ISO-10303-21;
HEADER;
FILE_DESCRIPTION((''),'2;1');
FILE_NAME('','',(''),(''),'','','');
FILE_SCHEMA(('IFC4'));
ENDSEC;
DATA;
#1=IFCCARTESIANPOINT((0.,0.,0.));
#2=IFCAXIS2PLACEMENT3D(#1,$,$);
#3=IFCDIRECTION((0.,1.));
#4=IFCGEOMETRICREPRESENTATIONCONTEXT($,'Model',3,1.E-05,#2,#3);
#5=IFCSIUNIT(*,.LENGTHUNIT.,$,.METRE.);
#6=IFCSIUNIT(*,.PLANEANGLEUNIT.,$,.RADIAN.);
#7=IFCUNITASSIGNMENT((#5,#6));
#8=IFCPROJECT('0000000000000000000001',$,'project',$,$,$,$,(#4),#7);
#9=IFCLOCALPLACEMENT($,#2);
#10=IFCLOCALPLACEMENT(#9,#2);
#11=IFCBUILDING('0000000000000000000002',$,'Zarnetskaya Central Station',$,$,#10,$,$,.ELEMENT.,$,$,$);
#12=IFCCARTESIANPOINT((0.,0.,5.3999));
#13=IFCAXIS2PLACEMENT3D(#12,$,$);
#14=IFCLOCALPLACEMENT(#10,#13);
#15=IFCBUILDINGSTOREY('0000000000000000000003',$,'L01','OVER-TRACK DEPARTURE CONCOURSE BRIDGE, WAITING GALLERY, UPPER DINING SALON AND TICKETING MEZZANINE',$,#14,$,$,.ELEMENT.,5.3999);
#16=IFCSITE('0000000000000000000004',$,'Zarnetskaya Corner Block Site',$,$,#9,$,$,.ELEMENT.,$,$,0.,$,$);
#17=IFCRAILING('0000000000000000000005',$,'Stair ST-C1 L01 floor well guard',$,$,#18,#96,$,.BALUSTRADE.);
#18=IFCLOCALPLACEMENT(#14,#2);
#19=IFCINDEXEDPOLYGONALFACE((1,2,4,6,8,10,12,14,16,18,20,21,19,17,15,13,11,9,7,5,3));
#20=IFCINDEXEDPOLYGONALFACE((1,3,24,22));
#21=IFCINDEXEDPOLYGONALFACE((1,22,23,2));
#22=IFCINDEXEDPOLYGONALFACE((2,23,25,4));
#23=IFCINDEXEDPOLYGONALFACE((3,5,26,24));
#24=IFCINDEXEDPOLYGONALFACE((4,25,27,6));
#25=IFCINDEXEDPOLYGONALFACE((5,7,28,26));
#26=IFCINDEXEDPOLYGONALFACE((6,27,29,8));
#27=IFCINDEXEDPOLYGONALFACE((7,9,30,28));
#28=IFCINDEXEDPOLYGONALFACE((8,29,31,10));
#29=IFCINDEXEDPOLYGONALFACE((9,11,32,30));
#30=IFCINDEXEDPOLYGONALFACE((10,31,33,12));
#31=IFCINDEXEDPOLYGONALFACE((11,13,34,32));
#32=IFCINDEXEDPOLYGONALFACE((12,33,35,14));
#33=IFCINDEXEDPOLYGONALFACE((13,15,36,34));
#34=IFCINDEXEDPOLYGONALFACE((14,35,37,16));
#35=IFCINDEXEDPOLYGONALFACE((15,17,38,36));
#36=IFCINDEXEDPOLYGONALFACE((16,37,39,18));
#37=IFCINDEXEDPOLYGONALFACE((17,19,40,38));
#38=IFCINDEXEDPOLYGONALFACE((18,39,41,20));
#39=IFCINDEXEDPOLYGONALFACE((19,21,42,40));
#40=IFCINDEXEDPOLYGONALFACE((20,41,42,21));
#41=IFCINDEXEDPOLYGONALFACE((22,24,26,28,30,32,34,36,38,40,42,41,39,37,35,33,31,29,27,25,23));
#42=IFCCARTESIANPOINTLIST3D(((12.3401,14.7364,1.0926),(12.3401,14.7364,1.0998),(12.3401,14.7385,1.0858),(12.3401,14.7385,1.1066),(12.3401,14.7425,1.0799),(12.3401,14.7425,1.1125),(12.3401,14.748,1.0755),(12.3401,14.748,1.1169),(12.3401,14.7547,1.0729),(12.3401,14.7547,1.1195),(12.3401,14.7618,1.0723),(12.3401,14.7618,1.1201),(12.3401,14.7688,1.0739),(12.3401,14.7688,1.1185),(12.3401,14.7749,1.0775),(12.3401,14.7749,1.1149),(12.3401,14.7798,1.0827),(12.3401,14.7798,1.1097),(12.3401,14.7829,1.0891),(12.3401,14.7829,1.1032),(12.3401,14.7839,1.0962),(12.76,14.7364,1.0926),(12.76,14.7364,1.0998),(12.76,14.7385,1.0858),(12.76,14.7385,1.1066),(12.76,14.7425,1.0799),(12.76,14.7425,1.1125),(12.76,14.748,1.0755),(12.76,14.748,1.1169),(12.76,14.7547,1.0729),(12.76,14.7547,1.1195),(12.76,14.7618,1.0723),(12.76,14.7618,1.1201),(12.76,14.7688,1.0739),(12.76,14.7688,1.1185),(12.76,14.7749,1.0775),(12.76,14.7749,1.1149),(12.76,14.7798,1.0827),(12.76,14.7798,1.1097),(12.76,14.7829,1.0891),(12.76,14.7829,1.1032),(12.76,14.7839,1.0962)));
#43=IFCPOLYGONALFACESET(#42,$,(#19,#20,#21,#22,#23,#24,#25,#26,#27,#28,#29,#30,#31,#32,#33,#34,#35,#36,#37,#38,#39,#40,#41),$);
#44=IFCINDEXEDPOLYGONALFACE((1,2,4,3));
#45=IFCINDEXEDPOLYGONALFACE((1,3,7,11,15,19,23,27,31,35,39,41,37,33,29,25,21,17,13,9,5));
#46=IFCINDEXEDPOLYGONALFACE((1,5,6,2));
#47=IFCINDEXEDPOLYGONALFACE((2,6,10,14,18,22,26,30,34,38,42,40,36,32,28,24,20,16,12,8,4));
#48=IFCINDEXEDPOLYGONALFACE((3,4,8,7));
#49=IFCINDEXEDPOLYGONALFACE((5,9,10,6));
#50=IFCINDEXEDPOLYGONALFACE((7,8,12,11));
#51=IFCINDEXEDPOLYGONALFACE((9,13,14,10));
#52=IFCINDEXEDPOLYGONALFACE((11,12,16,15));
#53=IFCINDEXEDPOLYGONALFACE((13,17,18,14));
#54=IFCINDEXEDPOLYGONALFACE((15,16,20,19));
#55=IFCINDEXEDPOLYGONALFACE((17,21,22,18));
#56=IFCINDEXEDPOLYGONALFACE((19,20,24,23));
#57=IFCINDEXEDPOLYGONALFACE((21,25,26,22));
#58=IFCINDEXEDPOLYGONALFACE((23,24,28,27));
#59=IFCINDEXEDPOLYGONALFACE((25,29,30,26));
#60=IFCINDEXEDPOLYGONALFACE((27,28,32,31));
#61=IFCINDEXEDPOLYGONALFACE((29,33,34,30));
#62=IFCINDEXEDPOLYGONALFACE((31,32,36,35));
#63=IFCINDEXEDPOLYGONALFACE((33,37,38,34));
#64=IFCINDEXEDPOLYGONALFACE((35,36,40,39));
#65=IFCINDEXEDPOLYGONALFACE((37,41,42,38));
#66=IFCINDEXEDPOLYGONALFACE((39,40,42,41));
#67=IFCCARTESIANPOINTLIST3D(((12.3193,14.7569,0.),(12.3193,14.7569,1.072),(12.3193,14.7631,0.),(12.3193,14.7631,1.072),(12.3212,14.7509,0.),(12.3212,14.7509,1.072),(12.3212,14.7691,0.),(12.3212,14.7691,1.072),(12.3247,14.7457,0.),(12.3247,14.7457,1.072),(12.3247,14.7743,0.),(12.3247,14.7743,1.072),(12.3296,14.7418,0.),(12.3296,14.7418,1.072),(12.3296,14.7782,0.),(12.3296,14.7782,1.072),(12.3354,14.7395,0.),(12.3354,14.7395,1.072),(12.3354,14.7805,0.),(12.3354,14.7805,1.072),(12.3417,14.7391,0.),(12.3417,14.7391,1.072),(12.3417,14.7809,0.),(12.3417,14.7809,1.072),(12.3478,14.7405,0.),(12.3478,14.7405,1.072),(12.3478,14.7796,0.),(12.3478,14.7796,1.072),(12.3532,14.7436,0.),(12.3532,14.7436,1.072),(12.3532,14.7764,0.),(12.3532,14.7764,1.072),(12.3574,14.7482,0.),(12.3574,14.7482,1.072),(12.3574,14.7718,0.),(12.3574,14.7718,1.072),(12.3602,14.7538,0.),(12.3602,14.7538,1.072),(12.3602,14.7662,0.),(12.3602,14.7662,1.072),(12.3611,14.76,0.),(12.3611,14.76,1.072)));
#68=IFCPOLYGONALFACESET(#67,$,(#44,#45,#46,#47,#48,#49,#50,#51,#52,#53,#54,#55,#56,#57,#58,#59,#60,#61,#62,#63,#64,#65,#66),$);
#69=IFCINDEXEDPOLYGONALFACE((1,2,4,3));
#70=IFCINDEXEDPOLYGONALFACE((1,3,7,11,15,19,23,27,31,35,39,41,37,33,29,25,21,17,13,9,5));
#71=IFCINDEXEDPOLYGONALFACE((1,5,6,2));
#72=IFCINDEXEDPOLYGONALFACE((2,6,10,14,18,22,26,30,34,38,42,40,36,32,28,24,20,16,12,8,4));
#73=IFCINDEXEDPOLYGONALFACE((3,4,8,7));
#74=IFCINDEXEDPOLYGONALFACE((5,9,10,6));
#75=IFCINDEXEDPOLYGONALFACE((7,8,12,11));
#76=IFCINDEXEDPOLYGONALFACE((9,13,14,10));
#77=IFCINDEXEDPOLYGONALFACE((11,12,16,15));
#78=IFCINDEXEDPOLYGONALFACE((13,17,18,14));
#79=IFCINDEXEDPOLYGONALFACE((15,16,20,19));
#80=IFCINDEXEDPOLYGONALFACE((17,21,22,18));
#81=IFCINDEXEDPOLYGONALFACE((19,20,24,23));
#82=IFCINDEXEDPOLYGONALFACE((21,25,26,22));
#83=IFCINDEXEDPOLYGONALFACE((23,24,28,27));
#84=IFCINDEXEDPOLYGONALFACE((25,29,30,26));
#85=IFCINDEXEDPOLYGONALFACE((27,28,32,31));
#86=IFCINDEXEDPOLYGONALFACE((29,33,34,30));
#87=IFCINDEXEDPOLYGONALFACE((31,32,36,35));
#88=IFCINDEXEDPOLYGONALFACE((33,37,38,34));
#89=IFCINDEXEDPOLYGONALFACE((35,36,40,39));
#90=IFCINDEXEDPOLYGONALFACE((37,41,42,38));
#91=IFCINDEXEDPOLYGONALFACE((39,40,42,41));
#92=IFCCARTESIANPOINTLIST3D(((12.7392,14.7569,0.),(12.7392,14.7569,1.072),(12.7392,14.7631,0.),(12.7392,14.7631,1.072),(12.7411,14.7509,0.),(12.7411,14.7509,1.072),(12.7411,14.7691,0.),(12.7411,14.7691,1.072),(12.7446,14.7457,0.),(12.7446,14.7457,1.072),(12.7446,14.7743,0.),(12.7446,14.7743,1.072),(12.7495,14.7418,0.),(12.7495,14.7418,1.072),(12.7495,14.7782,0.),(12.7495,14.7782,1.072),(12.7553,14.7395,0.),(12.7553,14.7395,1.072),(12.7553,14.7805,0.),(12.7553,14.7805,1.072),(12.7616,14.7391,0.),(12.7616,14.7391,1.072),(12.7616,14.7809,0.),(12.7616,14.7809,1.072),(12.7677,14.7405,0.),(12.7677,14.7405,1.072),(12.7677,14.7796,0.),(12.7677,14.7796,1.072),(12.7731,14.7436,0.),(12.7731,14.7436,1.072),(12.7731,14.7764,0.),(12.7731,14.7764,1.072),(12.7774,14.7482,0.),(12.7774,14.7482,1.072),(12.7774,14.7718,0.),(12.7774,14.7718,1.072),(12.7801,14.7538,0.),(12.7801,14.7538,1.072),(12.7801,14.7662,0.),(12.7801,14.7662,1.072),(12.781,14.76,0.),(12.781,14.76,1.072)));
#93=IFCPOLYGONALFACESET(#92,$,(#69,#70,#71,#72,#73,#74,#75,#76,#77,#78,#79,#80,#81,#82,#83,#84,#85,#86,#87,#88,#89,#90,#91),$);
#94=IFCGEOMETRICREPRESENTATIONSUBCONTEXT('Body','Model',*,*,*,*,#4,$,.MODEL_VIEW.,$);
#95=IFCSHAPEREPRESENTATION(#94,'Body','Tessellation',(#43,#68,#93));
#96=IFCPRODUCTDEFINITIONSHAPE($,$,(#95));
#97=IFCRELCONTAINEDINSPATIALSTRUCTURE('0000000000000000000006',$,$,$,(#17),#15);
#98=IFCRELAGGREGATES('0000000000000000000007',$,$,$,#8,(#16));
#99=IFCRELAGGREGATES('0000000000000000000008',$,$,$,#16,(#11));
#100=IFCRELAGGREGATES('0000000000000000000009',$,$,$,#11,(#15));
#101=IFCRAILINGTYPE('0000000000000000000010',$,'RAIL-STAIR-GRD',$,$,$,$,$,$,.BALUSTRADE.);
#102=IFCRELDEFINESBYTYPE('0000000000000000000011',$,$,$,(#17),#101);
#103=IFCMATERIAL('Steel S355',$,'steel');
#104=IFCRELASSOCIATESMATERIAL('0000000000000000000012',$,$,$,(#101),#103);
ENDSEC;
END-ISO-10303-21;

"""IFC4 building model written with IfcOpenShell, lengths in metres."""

from ifc_helpers import new_model, si_unit, direction, frame, origin, origin_2d, place, context, subcontext, project, spatial, circle, extrude, material, type_object, element, save


model = new_model("IFC4")

# Units and contexts
model_context = context("Model", 3, precision=1e-05, world=origin(), true_north=direction((0.0, 1.0)))
body_context = subcontext(model_context, "Body", "Model", "MODEL_VIEW")
ifc_project = project(units=[si_unit("LENGTHUNIT", "METRE"), si_unit("PLANEANGLEUNIT", "RADIAN")], contexts=[model_context])

# Site, building, storey
site_placement = place(None, origin())
site = spatial("IfcSite", under=ifc_project, at=site_placement, Name="Zarnetskaya Corner Block Site", CompositionType="ELEMENT", RefElevation=0.0)
building_placement = place(site_placement, origin())
building = spatial("IfcBuilding", under=site, at=building_placement, Name="Zarnetskaya Central Station", CompositionType="ELEMENT")
storey_placement = place(building_placement, frame((0.0, 0.0, 5.3999)))
storey = spatial("IfcBuildingStorey", under=building, at=storey_placement, Name="L01", Description="OVER-TRACK DEPARTURE CONCOURSE BRIDGE, WAITING GALLERY, UPPER DINING SALON AND TICKETING MEZZANINE", CompositionType="ELEMENT", Elevation=5.3999)

# Shared definitions
ifc_material_1 = material(Name="Steel S355", Category="steel")

# Railing
railing_type_1 = type_object("IfcRailingType", Name="RAIL-STAIR-GRD", PredefinedType="BALUSTRADE", material=ifc_material_1)
railing_1_placement = place(storey_placement, frame((12.3401, 14.76, 0.0)))
element("IfcRailing", 1, at=railing_1_placement, inside=storey, type_object=railing_type_1, Name="Stair ST-C1 L01 floor well guard", PredefinedType="BALUSTRADE", context=body_context, shape_type="SweptSolid", body=[
    extrude(circle(Radius=0.0239, at=origin_2d()), frame((0.0, 0.0, 1.0962), z_axis=(1.0, 0.0, 0.0), x_axis=(0.0, 1.0, 0.0)), (0.0, 0.0, 1.0), 0.4199),
    extrude(circle(Radius=0.021, at=origin_2d()), origin(), (0.0, 0.0, 1.0), 1.072),
    extrude(circle(Radius=0.021, at=origin_2d()), frame((0.4199, 0.0, 0.0)), (0.0, 0.0, 1.0), 1.072),
])

save(model, "model.ifc")
